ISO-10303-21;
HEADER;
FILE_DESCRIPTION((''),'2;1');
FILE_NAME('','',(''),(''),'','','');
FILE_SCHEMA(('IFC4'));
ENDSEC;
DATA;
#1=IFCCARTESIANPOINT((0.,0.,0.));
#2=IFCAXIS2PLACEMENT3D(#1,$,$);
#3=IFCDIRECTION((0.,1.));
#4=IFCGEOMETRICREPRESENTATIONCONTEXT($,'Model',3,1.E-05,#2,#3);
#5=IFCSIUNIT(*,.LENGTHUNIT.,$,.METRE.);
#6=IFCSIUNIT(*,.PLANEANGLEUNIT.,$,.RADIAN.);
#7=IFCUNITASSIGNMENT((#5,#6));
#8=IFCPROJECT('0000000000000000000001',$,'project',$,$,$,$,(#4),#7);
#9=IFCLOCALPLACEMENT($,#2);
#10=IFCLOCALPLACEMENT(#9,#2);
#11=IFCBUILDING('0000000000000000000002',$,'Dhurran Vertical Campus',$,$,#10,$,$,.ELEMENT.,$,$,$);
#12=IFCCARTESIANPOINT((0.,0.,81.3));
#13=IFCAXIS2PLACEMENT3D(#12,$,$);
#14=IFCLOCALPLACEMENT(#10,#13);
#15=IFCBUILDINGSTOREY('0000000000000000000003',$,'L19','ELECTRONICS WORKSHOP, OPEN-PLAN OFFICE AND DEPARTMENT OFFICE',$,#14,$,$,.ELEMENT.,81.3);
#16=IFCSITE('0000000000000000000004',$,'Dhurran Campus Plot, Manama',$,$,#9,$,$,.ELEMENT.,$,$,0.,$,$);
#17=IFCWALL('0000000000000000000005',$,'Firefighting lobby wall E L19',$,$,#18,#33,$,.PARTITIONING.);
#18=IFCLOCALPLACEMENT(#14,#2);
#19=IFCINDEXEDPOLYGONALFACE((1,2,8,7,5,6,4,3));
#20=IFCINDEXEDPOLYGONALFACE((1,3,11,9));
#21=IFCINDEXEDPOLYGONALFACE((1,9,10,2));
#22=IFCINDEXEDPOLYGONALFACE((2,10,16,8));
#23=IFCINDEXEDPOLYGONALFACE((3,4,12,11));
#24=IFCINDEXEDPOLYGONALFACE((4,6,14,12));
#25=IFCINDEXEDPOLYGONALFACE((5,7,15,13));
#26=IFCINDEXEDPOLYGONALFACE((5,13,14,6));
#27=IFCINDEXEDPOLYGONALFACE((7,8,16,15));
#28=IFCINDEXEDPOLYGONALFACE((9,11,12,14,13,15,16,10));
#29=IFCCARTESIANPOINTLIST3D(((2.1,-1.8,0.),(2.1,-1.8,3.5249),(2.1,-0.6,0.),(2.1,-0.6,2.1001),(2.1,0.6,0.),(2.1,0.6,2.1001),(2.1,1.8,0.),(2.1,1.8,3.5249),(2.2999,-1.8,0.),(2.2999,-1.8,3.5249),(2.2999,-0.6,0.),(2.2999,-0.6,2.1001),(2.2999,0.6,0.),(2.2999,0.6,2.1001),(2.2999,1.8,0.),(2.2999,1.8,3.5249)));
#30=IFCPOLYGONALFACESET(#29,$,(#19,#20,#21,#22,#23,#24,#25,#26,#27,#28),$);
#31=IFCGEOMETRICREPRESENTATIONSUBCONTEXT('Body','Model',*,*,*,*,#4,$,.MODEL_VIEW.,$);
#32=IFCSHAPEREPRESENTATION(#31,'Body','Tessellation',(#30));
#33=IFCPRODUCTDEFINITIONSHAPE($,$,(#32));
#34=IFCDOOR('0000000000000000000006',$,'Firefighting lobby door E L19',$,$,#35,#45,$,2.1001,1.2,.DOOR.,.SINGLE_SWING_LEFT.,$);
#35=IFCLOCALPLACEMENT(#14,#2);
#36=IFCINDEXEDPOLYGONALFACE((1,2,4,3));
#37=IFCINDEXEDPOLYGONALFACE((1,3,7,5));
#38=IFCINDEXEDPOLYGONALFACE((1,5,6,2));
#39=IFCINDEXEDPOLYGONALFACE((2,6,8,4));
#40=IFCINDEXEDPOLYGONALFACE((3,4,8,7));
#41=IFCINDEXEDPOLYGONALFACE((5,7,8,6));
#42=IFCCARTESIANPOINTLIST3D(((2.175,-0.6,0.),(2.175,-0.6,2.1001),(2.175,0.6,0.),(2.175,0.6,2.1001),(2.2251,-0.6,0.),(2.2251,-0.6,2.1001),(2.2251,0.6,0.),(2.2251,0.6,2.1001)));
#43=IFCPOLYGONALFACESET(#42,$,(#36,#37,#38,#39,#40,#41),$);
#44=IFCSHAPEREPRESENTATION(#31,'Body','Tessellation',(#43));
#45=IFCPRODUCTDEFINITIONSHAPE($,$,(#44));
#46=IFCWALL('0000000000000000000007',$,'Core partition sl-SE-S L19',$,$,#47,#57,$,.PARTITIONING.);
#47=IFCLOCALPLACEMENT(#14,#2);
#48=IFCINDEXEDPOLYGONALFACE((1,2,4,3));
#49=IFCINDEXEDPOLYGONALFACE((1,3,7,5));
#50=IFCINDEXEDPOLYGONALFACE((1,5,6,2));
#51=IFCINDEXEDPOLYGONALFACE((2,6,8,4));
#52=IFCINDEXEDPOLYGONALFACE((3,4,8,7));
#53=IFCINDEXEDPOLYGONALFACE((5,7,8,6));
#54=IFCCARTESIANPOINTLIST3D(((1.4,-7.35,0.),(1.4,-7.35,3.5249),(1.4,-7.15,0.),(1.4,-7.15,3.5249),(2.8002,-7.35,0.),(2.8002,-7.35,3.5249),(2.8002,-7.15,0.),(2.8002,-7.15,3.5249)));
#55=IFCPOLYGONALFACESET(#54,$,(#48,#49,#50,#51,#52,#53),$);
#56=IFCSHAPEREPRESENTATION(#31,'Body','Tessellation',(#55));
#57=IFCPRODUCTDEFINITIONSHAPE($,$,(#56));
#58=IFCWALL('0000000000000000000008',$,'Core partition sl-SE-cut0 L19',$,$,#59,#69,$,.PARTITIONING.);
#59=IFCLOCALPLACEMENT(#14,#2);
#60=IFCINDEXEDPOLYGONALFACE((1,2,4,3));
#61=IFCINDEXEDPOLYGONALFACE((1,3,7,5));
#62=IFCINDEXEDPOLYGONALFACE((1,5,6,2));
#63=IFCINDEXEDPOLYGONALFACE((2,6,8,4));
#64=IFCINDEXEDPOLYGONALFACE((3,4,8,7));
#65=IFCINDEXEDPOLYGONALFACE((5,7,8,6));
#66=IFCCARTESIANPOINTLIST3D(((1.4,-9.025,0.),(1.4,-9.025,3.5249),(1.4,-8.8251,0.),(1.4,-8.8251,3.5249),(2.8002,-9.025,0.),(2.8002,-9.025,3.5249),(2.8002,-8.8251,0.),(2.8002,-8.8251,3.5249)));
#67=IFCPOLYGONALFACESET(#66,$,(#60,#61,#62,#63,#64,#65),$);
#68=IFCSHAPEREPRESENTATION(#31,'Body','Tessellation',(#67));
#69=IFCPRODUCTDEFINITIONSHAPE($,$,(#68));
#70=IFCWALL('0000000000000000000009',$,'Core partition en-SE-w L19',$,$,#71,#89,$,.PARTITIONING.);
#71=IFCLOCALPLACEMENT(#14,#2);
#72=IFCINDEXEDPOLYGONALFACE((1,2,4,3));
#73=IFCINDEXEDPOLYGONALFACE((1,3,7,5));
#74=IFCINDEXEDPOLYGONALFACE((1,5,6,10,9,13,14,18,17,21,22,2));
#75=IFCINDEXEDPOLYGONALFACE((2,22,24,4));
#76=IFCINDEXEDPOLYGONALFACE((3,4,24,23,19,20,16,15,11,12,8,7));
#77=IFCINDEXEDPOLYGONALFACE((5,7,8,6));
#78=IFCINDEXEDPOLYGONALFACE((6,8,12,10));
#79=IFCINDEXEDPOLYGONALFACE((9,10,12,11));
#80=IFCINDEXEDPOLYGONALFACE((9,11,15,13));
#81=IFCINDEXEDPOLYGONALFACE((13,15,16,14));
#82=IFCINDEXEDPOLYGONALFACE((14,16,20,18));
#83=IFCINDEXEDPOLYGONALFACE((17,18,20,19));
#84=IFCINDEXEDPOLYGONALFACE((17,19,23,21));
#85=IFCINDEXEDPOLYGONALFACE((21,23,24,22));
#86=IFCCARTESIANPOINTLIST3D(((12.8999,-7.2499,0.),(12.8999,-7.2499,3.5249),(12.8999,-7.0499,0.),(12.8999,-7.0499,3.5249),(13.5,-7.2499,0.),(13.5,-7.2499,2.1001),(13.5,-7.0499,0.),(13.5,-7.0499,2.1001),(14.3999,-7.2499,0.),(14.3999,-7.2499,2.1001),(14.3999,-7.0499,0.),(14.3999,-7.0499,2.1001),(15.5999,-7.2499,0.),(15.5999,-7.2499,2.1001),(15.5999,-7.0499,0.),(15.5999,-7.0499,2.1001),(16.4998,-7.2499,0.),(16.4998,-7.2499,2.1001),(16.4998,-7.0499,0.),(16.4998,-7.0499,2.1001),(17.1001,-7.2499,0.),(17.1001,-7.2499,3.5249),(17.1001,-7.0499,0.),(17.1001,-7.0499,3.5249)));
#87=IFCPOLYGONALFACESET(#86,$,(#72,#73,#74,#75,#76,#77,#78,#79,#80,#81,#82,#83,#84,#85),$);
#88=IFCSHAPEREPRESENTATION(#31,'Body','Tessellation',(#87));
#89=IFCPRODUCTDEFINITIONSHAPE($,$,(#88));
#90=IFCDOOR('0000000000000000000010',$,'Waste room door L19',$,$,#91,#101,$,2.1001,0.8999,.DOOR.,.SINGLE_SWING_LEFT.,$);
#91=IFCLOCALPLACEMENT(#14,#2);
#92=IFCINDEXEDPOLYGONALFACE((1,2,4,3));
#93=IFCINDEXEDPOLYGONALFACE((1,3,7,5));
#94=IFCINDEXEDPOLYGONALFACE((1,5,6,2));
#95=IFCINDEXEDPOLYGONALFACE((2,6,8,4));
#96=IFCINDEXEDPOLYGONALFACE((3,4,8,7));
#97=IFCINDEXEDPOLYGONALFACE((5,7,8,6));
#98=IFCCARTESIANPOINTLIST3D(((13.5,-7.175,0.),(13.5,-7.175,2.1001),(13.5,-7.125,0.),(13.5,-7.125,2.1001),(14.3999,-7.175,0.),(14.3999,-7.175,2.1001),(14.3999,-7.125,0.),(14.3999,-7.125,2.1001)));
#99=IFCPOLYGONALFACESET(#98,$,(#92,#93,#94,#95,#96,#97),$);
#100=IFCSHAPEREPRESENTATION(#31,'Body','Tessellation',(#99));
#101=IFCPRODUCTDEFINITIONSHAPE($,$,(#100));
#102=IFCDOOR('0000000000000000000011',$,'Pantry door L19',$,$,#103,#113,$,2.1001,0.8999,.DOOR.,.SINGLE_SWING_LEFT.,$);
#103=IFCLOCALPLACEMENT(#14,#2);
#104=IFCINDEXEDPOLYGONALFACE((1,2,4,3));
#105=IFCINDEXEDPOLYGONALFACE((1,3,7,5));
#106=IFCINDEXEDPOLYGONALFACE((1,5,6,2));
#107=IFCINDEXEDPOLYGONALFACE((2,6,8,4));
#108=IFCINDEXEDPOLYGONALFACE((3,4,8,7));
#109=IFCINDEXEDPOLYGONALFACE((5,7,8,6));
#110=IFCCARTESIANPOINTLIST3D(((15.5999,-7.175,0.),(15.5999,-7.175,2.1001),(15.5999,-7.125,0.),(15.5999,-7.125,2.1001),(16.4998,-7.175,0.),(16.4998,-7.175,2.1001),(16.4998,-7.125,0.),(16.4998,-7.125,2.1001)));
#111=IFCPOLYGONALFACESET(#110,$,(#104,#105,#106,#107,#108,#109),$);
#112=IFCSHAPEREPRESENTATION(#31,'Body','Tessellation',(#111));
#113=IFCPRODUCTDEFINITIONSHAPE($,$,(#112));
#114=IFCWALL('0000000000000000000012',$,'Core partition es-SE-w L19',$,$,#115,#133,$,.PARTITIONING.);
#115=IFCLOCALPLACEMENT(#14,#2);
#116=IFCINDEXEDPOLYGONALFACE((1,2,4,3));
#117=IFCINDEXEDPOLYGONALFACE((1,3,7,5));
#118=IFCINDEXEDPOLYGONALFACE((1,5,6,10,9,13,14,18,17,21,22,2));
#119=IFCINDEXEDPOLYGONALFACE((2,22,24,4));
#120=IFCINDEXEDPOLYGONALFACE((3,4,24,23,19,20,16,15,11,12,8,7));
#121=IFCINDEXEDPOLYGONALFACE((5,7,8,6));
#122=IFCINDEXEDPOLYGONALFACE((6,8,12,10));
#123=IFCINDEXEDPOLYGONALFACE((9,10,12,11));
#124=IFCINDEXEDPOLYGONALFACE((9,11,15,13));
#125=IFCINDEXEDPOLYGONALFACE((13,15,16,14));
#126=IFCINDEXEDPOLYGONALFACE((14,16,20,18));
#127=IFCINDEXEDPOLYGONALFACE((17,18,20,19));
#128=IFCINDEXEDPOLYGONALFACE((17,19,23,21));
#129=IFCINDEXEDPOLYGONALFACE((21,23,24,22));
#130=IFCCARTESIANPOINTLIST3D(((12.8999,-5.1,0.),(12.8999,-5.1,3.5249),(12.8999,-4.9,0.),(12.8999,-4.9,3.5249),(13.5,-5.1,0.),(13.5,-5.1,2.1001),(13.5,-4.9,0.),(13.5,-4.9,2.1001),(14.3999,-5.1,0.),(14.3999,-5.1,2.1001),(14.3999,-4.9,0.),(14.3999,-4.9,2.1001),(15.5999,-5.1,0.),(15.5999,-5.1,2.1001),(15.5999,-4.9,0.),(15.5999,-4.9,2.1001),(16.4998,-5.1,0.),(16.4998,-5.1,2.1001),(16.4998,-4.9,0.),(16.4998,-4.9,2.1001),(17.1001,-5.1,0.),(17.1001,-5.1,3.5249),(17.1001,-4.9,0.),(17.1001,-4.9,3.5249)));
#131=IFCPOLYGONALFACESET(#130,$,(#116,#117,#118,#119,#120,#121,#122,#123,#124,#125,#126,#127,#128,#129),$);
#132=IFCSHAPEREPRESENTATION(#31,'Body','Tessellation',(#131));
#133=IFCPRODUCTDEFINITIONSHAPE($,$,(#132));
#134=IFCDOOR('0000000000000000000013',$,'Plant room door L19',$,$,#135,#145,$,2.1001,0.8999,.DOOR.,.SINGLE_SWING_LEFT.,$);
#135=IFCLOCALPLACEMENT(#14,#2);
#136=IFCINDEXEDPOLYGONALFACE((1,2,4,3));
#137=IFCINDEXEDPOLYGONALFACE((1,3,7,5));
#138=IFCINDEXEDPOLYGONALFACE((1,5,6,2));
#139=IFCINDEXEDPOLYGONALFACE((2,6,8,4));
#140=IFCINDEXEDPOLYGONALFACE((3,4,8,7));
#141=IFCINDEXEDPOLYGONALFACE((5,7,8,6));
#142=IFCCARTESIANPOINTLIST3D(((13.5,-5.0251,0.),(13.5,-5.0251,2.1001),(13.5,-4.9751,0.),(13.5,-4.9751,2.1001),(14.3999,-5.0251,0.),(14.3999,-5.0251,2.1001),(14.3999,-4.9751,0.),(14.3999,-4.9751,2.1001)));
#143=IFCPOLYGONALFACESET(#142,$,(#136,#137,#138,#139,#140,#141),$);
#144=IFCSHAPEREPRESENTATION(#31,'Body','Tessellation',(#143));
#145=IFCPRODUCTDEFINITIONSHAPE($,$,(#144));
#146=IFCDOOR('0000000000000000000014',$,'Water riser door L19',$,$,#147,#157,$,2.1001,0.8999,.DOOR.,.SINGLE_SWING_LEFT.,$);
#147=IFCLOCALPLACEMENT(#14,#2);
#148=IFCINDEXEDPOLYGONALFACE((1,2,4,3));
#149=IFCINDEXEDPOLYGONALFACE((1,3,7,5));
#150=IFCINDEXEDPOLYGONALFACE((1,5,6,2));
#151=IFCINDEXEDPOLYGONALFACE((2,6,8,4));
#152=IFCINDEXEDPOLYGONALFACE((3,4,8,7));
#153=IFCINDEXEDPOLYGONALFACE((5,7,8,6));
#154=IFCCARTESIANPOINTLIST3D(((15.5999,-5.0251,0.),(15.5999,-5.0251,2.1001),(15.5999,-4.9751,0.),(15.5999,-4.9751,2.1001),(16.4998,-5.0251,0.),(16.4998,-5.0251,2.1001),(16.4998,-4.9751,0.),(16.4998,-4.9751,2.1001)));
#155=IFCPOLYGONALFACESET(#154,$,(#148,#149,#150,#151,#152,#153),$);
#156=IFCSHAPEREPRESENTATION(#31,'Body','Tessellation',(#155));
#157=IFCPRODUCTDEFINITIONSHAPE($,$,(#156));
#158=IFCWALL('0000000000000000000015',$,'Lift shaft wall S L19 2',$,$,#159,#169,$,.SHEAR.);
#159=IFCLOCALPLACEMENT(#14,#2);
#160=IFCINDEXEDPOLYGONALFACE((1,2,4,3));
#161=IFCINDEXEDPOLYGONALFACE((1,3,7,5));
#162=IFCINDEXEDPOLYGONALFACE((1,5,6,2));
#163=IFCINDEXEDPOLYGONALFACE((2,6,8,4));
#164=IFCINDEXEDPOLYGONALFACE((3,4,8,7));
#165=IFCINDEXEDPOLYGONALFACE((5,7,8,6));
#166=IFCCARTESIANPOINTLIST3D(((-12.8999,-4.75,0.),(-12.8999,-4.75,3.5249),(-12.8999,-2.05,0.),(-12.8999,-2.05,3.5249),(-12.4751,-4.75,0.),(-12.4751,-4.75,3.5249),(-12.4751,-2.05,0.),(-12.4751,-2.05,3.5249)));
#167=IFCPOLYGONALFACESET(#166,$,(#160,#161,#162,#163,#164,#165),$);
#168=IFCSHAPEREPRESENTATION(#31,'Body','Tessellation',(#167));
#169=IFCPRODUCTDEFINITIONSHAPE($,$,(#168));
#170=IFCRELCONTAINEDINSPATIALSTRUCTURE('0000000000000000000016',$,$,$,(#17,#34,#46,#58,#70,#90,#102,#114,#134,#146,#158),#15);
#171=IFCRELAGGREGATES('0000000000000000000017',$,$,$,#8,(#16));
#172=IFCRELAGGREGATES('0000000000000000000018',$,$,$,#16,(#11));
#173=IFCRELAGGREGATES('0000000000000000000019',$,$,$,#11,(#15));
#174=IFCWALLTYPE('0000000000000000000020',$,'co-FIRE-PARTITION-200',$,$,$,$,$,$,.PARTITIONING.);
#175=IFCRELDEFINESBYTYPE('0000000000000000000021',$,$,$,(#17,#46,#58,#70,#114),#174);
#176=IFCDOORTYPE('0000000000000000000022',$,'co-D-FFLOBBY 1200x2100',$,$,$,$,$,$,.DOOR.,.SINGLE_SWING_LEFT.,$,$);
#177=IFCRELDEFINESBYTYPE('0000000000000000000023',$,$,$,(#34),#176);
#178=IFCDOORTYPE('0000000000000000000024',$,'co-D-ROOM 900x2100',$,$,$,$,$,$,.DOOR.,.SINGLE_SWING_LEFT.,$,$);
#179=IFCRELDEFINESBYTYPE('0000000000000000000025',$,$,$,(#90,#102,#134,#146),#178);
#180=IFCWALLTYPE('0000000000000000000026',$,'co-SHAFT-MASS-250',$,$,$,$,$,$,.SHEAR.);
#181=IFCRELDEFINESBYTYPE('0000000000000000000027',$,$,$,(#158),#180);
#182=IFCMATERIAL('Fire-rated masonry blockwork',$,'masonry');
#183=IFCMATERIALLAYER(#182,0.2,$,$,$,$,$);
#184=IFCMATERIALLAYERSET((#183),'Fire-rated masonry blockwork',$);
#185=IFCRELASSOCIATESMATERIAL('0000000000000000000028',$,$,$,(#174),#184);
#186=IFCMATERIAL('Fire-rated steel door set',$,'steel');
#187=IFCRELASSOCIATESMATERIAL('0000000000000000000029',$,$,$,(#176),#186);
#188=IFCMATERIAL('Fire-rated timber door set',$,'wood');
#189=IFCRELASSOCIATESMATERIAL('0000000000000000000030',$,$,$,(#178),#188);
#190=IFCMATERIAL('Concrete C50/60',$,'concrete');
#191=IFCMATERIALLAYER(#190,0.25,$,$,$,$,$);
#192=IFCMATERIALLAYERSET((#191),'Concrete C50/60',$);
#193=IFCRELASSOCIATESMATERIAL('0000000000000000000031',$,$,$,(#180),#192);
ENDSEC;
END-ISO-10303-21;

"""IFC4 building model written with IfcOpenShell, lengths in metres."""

from ifc_helpers import new_model, si_unit, direction, frame, frame_2d, origin, place, context, subcontext, project, spatial, polyline, rectangle, outline, extrude, material, layer, layer_set, type_object, element, fill, save


model = new_model("IFC4")

# Units and contexts
model_context = context("Model", 3, precision=1e-05, world=origin(), true_north=direction((0.0, 1.0)))
body_context = subcontext(model_context, "Body", "Model", "MODEL_VIEW")
ifc_project = project(units=[si_unit("LENGTHUNIT", "METRE"), si_unit("PLANEANGLEUNIT", "RADIAN")], contexts=[model_context])

# Site, building, storey
site_placement = place(None, origin())
site = spatial("IfcSite", under=ifc_project, at=site_placement, Name="Dhurran Campus Plot, Manama", CompositionType="ELEMENT", RefElevation=0.0)
building_placement = place(site_placement, origin())
building = spatial("IfcBuilding", under=site, at=building_placement, Name="Dhurran Vertical Campus", CompositionType="ELEMENT")
storey_placement = place(building_placement, frame((0.0, 0.0, 81.3)))
storey = spatial("IfcBuildingStorey", under=building, at=storey_placement, Name="L19", Description="ELECTRONICS WORKSHOP, OPEN-PLAN OFFICE AND DEPARTMENT OFFICE", CompositionType="ELEMENT", Elevation=81.3)

# Wall, opening, door
ifc_material_1 = material(Name="Fire-rated masonry blockwork", Category="masonry")
ifc_layer_1 = layer(ifc_material_1, 0.2)
ifc_layer_set_1 = layer_set([ifc_layer_1], Name="Fire-rated masonry blockwork")
wall_type_1 = type_object("IfcWallType", Name="co-FIRE-PARTITION-200", PredefinedType="PARTITIONING", material=ifc_layer_set_1)
wall_1_placement = place(storey_placement, frame((2.2, -1.8, 0.0), z_axis=(0.0, 0.0, 1.0), x_axis=(0.0, 1.0, 0.0)))
wall_1 = element("IfcWall", 1, at=wall_1_placement, inside=storey, type_object=wall_type_1, Name="Firefighting lobby wall E L19", PredefinedType="PARTITIONING", context=body_context, shape_type="SweptSolid", body=[
    extrude(rectangle(XDim=3.6001, YDim=0.2, at=frame_2d((1.8, 0.0))), origin(), (0.0, 0.0, 1.0), 3.5249),
])
opening_1_placement = place(wall_1_placement, frame((1.2, 0.0, 0.0)))
opening_1 = element("IfcOpeningElement", 2, at=opening_1_placement, cuts=wall_1, PredefinedType="OPENING", context=body_context, shape_type="SweptSolid", body=[
    extrude(rectangle(XDim=1.2, YDim=2.1001, at=frame_2d((0.6001, 1.05))), frame((0.0, 0.1099, 0.0), z_axis=(0.0, -1.0, 0.0), x_axis=(1.0, 0.0, 0.0)), (0.0, 0.0, 1.0), 0.22),
])
ifc_material_2 = material(Name="Fire-rated steel door set", Category="steel")
door_type_1 = type_object("IfcDoorType", Name="co-D-FFLOBBY 1200x2100", OperationType="SINGLE_SWING_LEFT", PredefinedType="DOOR", material=ifc_material_2)
door_1_placement = place(opening_1_placement, origin())
door_1 = element("IfcDoor", 3, at=door_1_placement, inside=storey, type_object=door_type_1, Name="Firefighting lobby door E L19", OperationType="SINGLE_SWING_LEFT", OverallHeight=2.1001, OverallWidth=1.2, PredefinedType="DOOR", context=body_context, shape_type="SweptSolid", body=[
    extrude(rectangle(XDim=1.2, YDim=2.1001, at=frame_2d((0.6001, 1.05))), frame((0.0, 0.0249, 0.0), z_axis=(0.0, -1.0, 0.0), x_axis=(1.0, 0.0, 0.0)), (0.0, 0.0, 1.0), 0.05),
])
fill(opening_1, door_1)

# Walls
for number, where, z_axis, x_axis, name in (
    (4, (1.3999, -7.25, 0.0), (0.0, 0.0, 1.0), (1.0, 0.0, 0.0), "Core partition sl-SE-S L19"),
    (5, (1.3999, -8.925, 0.0), (0.0, 0.0, 1.0), (1.0, 0.0, 0.0), "Core partition sl-SE-cut0 L19"),
):
    element("IfcWall", number, at=place(storey_placement, frame(where, z_axis=z_axis, x_axis=x_axis)), inside=storey, type_object=wall_type_1, Name=name, PredefinedType="PARTITIONING", context=body_context, shape_type="SweptSolid", body=[
        extrude(rectangle(XDim=1.4001, YDim=0.2, at=frame_2d((0.7002, 0.0))), origin(), (0.0, 0.0, 1.0), 3.5249),
    ])

# Walls, openings, doors
wall_2_placement = place(storey_placement, frame((12.8999, -7.1499, 0.0), z_axis=(0.0, 0.0, 1.0), x_axis=(1.0, 0.0, 0.0)))
wall_2 = element("IfcWall", 6, at=wall_2_placement, inside=storey, type_object=wall_type_1, Name="Core partition en-SE-w L19", PredefinedType="PARTITIONING", context=body_context, shape_type="SweptSolid", body=[
    extrude(rectangle(XDim=4.2002, YDim=0.2, at=frame_2d((2.1001, 0.0))), origin(), (0.0, 0.0, 1.0), 3.5249),
])
opening_2_placement = place(wall_2_placement, frame((0.6001, 0.0, 0.0)))
opening_2 = element("IfcOpeningElement", 7, at=opening_2_placement, cuts=wall_2, PredefinedType="OPENING", context=body_context, shape_type="SweptSolid", body=[
    extrude(rectangle(XDim=0.8999, YDim=2.1001, at=frame_2d((0.45, 1.05))), frame((0.0, 0.1099, 0.0), z_axis=(0.0, -1.0, 0.0), x_axis=(1.0, 0.0, 0.0)), (0.0, 0.0, 1.0), 0.22),
])
opening_3_placement = place(wall_2_placement, frame((2.7, 0.0, 0.0)))
opening_3 = element("IfcOpeningElement", 8, at=opening_3_placement, cuts=wall_2, PredefinedType="OPENING", context=body_context, shape_type="SweptSolid", body=[
    extrude(rectangle(XDim=0.8999, YDim=2.1001, at=frame_2d((0.45, 1.05))), frame((0.0, 0.1099, 0.0), z_axis=(0.0, -1.0, 0.0), x_axis=(1.0, 0.0, 0.0)), (0.0, 0.0, 1.0), 0.22),
])
ifc_material_3 = material(Name="Fire-rated timber door set", Category="wood")
door_type_2 = type_object("IfcDoorType", Name="co-D-ROOM 900x2100", OperationType="SINGLE_SWING_LEFT", PredefinedType="DOOR", material=ifc_material_3)
door_2_placement = place(opening_2_placement, origin())
door_2 = element("IfcDoor", 9, at=door_2_placement, inside=storey, type_object=door_type_2, Name="Waste room door L19", OperationType="SINGLE_SWING_LEFT", OverallHeight=2.1001, OverallWidth=0.8999, PredefinedType="DOOR", context=body_context, shape_type="SweptSolid", body=[
    extrude(rectangle(XDim=0.8999, YDim=2.1001, at=frame_2d((0.45, 1.05))), frame((0.0, 0.0249, 0.0), z_axis=(0.0, -1.0, 0.0), x_axis=(1.0, 0.0, 0.0)), (0.0, 0.0, 1.0), 0.05),
])
fill(opening_2, door_2)
door_3_placement = place(opening_3_placement, origin())
door_3 = element("IfcDoor", 10, at=door_3_placement, inside=storey, type_object=door_type_2, Name="Pantry door L19", OperationType="SINGLE_SWING_LEFT", OverallHeight=2.1001, OverallWidth=0.8999, PredefinedType="DOOR", context=body_context, shape_type="SweptSolid", body=[
    extrude(rectangle(XDim=0.8999, YDim=2.1001, at=frame_2d((0.45, 1.05))), frame((0.0, 0.0249, 0.0), z_axis=(0.0, -1.0, 0.0), x_axis=(1.0, 0.0, 0.0)), (0.0, 0.0, 1.0), 0.05),
])
fill(opening_3, door_3)
wall_3_placement = place(storey_placement, frame((12.8999, -5.0, 0.0), z_axis=(0.0, 0.0, 1.0), x_axis=(1.0, 0.0, 0.0)))
wall_3 = element("IfcWall", 11, at=wall_3_placement, inside=storey, type_object=wall_type_1, Name="Core partition es-SE-w L19", PredefinedType="PARTITIONING", context=body_context, shape_type="SweptSolid", body=[
    extrude(rectangle(XDim=4.2002, YDim=0.2, at=frame_2d((2.1001, 0.0))), origin(), (0.0, 0.0, 1.0), 3.5249),
])
opening_4_placement = place(wall_3_placement, frame((0.6001, 0.0, 0.0)))
opening_4 = element("IfcOpeningElement", 12, at=opening_4_placement, cuts=wall_3, PredefinedType="OPENING", context=body_context, shape_type="SweptSolid", body=[
    extrude(rectangle(XDim=0.8999, YDim=2.1001, at=frame_2d((0.45, 1.05))), frame((0.0, 0.1099, 0.0), z_axis=(0.0, -1.0, 0.0), x_axis=(1.0, 0.0, 0.0)), (0.0, 0.0, 1.0), 0.22),
])
opening_5_placement = place(wall_3_placement, frame((2.7, 0.0, 0.0)))
opening_5 = element("IfcOpeningElement", 13, at=opening_5_placement, cuts=wall_3, PredefinedType="OPENING", context=body_context, shape_type="SweptSolid", body=[
    extrude(rectangle(XDim=0.8999, YDim=2.1001, at=frame_2d((0.45, 1.05))), frame((0.0, 0.1099, 0.0), z_axis=(0.0, -1.0, 0.0), x_axis=(1.0, 0.0, 0.0)), (0.0, 0.0, 1.0), 0.22),
])
door_4_placement = place(opening_4_placement, origin())
door_4 = element("IfcDoor", 14, at=door_4_placement, inside=storey, type_object=door_type_2, Name="Plant room door L19", OperationType="SINGLE_SWING_LEFT", OverallHeight=2.1001, OverallWidth=0.8999, PredefinedType="DOOR", context=body_context, shape_type="SweptSolid", body=[
    extrude(rectangle(XDim=0.8999, YDim=2.1001, at=frame_2d((0.45, 1.05))), frame((0.0, 0.0249, 0.0), z_axis=(0.0, -1.0, 0.0), x_axis=(1.0, 0.0, 0.0)), (0.0, 0.0, 1.0), 0.05),
])
fill(opening_4, door_4)
door_5_placement = place(opening_5_placement, origin())
door_5 = element("IfcDoor", 15, at=door_5_placement, inside=storey, type_object=door_type_2, Name="Water riser door L19", OperationType="SINGLE_SWING_LEFT", OverallHeight=2.1001, OverallWidth=0.8999, PredefinedType="DOOR", context=body_context, shape_type="SweptSolid", body=[
    extrude(rectangle(XDim=0.8999, YDim=2.1001, at=frame_2d((0.45, 1.05))), frame((0.0, 0.0249, 0.0), z_axis=(0.0, -1.0, 0.0), x_axis=(1.0, 0.0, 0.0)), (0.0, 0.0, 1.0), 0.05),
])
fill(opening_5, door_5)

# Wall
ifc_material_4 = material(Name="Concrete C50/60", Category="concrete")
ifc_layer_2 = layer(ifc_material_4, 0.25)
ifc_layer_set_2 = layer_set([ifc_layer_2], Name="Concrete C50/60")
wall_type_2 = type_object("IfcWallType", Name="co-SHAFT-MASS-250", PredefinedType="SHEAR", material=ifc_layer_set_2)
wall_4_placement = place(storey_placement, origin())
element("IfcWall", 16, at=wall_4_placement, inside=storey, type_object=wall_type_2, Name="Lift shaft wall S L19 2", PredefinedType="SHEAR", context=body_context, shape_type="SweptSolid", body=[
    extrude(outline(polyline([(-12.8999, -4.75), (-12.4751, -4.75), (-12.4751, -2.05), (-12.8999, -2.05), (-12.8999, -4.75)])), origin(), (0.0, 0.0, 1.0), 3.5249),
])

save(model, "model.ifc")
